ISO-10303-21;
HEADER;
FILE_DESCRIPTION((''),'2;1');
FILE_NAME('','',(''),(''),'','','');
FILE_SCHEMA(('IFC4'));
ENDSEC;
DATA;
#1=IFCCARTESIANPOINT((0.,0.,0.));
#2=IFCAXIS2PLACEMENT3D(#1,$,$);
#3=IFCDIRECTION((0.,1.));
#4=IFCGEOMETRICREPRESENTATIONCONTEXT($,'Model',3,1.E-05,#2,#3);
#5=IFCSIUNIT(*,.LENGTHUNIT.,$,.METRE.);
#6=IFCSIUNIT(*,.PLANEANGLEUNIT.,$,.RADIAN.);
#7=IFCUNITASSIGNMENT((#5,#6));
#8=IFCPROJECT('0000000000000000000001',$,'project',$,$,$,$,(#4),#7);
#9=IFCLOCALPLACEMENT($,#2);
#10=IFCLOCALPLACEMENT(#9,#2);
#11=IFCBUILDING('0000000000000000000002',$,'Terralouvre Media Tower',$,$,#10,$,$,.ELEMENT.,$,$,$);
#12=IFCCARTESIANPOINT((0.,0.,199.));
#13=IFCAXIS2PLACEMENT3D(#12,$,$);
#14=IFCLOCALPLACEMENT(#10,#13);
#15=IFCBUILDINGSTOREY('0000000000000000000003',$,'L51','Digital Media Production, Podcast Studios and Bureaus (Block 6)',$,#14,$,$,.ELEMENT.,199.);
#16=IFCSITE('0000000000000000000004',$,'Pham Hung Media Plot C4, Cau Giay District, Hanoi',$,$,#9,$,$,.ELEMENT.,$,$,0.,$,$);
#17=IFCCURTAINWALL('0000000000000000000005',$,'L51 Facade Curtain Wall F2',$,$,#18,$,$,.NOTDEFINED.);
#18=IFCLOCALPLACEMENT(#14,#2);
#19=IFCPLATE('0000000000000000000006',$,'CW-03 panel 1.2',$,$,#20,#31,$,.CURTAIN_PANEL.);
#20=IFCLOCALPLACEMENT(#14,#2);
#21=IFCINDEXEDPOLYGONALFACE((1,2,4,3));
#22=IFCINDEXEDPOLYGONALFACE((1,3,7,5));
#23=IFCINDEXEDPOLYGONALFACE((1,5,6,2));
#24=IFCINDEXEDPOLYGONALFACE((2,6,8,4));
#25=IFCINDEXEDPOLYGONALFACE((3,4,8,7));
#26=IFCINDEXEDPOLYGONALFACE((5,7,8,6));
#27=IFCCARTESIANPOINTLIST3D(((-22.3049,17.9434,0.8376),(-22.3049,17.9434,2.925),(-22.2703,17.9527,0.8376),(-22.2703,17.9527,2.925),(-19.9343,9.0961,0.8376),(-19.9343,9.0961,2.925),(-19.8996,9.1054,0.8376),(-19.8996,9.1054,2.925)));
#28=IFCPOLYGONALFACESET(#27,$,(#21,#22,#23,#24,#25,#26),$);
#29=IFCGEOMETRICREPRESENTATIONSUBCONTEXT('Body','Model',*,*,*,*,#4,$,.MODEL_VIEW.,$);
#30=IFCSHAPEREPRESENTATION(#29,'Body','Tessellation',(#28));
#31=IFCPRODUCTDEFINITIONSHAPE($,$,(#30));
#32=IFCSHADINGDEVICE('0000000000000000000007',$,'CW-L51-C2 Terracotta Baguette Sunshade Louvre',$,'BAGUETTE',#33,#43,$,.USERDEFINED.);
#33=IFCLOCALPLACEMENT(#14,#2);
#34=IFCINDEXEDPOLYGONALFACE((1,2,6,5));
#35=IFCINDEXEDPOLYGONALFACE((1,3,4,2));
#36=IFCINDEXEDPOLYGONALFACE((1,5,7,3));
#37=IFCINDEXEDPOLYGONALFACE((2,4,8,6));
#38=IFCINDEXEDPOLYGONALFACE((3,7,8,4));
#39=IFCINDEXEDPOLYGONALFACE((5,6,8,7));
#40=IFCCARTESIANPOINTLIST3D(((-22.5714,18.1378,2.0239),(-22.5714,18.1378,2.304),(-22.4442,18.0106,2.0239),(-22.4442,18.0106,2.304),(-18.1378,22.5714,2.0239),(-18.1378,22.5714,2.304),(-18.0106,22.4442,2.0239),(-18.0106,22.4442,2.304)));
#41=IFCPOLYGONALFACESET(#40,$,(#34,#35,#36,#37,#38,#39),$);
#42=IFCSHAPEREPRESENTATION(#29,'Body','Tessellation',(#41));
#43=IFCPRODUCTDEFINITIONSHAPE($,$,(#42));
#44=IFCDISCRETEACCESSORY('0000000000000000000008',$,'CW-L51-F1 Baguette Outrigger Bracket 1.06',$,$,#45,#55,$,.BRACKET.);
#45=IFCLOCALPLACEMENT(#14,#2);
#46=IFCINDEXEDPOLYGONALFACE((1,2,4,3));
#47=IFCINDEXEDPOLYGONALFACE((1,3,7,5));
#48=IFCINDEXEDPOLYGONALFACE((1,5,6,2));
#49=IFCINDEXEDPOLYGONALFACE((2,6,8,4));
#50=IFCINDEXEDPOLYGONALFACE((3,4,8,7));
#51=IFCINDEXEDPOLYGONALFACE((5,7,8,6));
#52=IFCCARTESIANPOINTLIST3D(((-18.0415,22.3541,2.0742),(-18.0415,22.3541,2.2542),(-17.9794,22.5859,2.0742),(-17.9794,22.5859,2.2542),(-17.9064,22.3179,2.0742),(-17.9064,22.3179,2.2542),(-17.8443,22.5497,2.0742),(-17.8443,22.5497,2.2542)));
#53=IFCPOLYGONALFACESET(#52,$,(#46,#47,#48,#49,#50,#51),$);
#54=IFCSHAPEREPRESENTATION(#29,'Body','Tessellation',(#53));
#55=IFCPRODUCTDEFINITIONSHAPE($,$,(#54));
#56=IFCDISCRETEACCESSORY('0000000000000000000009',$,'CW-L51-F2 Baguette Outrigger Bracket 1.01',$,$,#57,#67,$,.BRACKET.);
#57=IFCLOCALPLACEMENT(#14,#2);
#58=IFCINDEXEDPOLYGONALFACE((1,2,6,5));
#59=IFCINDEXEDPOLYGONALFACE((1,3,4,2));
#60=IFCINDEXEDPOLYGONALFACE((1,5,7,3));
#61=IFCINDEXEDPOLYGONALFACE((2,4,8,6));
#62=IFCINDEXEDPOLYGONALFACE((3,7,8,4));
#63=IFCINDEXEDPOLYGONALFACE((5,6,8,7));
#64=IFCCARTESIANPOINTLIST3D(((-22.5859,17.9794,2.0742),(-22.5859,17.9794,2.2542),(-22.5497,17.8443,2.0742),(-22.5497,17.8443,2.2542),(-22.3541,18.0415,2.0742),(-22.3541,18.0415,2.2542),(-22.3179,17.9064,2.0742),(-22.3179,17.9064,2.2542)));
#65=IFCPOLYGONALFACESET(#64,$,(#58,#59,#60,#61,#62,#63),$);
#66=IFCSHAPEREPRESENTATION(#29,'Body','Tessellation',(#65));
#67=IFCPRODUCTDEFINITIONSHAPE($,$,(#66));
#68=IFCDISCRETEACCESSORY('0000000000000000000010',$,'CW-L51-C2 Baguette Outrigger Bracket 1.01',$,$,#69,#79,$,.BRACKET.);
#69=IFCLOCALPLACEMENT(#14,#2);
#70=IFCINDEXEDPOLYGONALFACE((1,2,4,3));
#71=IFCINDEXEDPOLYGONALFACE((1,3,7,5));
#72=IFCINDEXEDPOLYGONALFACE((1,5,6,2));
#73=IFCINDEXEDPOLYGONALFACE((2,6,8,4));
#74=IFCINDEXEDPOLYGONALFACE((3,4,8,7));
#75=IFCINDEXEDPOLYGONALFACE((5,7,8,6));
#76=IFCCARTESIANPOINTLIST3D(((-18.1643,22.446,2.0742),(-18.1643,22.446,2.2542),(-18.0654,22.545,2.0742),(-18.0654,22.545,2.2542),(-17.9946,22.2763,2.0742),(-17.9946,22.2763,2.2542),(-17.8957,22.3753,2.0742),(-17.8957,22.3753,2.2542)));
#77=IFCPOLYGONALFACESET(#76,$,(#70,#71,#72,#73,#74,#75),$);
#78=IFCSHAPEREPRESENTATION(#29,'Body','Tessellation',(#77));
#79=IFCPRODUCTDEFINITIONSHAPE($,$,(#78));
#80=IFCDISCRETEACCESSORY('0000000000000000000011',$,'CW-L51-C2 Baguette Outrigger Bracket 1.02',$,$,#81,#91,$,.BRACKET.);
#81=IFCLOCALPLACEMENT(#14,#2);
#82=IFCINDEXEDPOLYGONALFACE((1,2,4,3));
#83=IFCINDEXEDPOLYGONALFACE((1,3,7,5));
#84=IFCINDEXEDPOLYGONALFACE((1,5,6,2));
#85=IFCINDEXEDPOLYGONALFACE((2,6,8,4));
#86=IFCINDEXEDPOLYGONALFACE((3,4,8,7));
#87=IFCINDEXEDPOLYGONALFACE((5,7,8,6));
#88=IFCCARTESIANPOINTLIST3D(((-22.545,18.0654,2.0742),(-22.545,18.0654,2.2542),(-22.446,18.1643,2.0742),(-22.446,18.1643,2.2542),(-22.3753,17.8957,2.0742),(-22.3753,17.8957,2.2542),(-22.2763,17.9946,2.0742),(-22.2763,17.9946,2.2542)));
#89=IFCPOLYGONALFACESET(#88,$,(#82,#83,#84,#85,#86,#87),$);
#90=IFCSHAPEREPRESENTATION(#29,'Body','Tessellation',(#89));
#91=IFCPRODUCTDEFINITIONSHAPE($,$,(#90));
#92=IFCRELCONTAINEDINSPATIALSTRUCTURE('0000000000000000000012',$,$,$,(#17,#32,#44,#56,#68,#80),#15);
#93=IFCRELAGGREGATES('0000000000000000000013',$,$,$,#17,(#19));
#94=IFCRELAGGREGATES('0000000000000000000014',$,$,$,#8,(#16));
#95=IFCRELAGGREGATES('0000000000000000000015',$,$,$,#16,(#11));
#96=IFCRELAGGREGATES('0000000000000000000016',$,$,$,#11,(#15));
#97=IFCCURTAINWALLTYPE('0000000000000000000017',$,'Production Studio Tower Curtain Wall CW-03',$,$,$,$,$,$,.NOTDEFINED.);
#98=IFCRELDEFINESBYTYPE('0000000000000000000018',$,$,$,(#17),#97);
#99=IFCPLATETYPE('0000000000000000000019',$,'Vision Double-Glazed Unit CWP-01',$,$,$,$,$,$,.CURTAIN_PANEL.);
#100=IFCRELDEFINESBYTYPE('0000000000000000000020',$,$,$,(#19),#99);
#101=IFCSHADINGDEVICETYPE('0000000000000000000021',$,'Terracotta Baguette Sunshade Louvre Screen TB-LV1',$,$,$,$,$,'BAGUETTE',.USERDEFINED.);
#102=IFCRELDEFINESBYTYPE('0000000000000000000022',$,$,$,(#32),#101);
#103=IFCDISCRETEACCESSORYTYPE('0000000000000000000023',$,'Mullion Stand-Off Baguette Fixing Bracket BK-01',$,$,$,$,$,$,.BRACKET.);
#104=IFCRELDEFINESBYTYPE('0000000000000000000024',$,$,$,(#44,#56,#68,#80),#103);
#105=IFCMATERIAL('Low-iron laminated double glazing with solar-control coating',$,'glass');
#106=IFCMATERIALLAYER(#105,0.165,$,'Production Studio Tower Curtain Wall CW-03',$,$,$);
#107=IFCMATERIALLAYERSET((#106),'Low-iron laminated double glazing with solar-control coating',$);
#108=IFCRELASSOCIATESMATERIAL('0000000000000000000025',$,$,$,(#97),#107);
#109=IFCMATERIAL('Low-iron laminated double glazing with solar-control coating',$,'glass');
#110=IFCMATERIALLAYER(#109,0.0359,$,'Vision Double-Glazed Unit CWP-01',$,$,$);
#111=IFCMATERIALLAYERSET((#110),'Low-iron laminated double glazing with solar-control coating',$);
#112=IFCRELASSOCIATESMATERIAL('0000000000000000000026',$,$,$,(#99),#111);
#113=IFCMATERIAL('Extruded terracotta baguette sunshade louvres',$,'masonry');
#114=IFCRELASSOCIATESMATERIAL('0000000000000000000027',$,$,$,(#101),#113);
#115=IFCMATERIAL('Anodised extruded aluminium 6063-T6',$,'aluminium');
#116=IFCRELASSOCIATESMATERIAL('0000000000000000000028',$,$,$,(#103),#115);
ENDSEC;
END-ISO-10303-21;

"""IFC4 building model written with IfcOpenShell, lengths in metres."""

from ifc_helpers import new_model, si_unit, direction, frame, origin, origin_2d, place, context, subcontext, project, spatial, rectangle, extrude, material, layer, layer_set, type_object, element, aggregate, save


model = new_model("IFC4")

# Units and contexts
model_context = context("Model", 3, precision=1e-05, world=origin(), true_north=direction((0.0, 1.0)))
body_context = subcontext(model_context, "Body", "Model", "MODEL_VIEW")
ifc_project = project(units=[si_unit("LENGTHUNIT", "METRE"), si_unit("PLANEANGLEUNIT", "RADIAN")], contexts=[model_context])

# Site, building, storey
site_placement = place(None, origin())
site = spatial("IfcSite", under=ifc_project, at=site_placement, Name="Pham Hung Media Plot C4, Cau Giay District, Hanoi", CompositionType="ELEMENT", RefElevation=0.0)
building_placement = place(site_placement, origin())
building = spatial("IfcBuilding", under=site, at=building_placement, Name="Terralouvre Media Tower", CompositionType="ELEMENT")
storey_placement = place(building_placement, frame((0.0, 0.0, 199.0)))
storey = spatial("IfcBuildingStorey", under=building, at=storey_placement, Name="L51", Description="Digital Media Production, Podcast Studios and Bureaus (Block 6)", CompositionType="ELEMENT", Elevation=199.0)

# Curtain wall
ifc_material_1 = material(Name="Low-iron laminated double glazing with solar-control coating", Category="glass")
ifc_layer_1 = layer(ifc_material_1, 0.165, Name="Production Studio Tower Curtain Wall CW-03")
ifc_layer_set_1 = layer_set([ifc_layer_1], Name="Low-iron laminated double glazing with solar-control coating")
curtain_wall_type_1 = type_object("IfcCurtainWallType", Name="Production Studio Tower Curtain Wall CW-03", PredefinedType="NOTDEFINED", material=ifc_layer_set_1)
curtain_wall_1_placement = place(storey_placement, origin())
curtain_wall_1 = element("IfcCurtainWall", 1, at=curtain_wall_1_placement, inside=storey, type_object=curtain_wall_type_1, Name="L51 Facade Curtain Wall F2", PredefinedType="NOTDEFINED")

# Plate
ifc_material_2 = material(Name="Low-iron laminated double glazing with solar-control coating", Category="glass")
ifc_layer_2 = layer(ifc_material_2, 0.0359, Name="Vision Double-Glazed Unit CWP-01")
ifc_layer_set_2 = layer_set([ifc_layer_2], Name="Low-iron laminated double glazing with solar-control coating")
plate_type_1 = type_object("IfcPlateType", Name="Vision Double-Glazed Unit CWP-01", PredefinedType="CURTAIN_PANEL", material=ifc_layer_set_2)
plate_1_placement = place(storey_placement, frame((-21.1023, 13.5244, 0.8376), z_axis=(0.0, 0.0, 1.0), x_axis=(0.258819, -0.965926, 0.0)))
plate_1 = element("IfcPlate", 2, at=plate_1_placement, type_object=plate_type_1, Name="CW-03 panel 1.2", PredefinedType="CURTAIN_PANEL", context=body_context, shape_type="SweptSolid", body=[
    extrude(rectangle(XDim=9.1594, YDim=0.0359, at=origin_2d()), origin(), (0.0, 0.0, 1.0), 2.0874),
])
aggregate(curtain_wall_1, [plate_1])

# Shading device
ifc_material_3 = material(Name="Extruded terracotta baguette sunshade louvres", Category="masonry")
shading_device_type = type_object("IfcShadingDeviceType", Name="Terracotta Baguette Sunshade Louvre Screen TB-LV1", ElementType="BAGUETTE", PredefinedType="USERDEFINED", material=ifc_material_3)
shading_device_placement = place(storey_placement, frame((-20.291, 20.291, 2.0239), z_axis=(0.0, 0.0, 1.0), x_axis=(-0.707107, -0.707107, 0.0)))
element("IfcShadingDevice", 3, at=shading_device_placement, inside=storey, type_object=shading_device_type, Name="CW-L51-C2 Terracotta Baguette Sunshade Louvre", ObjectType="BAGUETTE", PredefinedType="USERDEFINED", context=body_context, shape_type="SweptSolid", body=[
    extrude(rectangle(XDim=6.27, YDim=0.1799, at=origin_2d()), origin(), (0.0, 0.0, 1.0), 0.28),
])

# Discrete accessories
ifc_material_4 = material(Name="Anodised extruded aluminium 6063-T6", Category="aluminium")
discrete_accessory_type = type_object("IfcDiscreteAccessoryType", Name="Mullion Stand-Off Baguette Fixing Bracket BK-01", PredefinedType="BRACKET", material=ifc_material_4)
for number, where, z_axis, x_axis, name in (
    (4, (-17.9429, 22.4519, 2.0742), (0.0, 0.0, 1.0), (-0.965926, 0.258819, 0.0), "CW-L51-F1 Baguette Outrigger Bracket 1.06"),
    (5, (-22.4519, 17.9429, 2.0742), (0.0, 0.0, 1.0), (0.258819, -0.965926, 0.0), "CW-L51-F2 Baguette Outrigger Bracket 1.01"),
    (6, (-18.03, 22.4106, 2.0742), (0.0, 0.0, 1.0), (-0.707107, -0.707107, 0.0), "CW-L51-C2 Baguette Outrigger Bracket 1.01"),
    (7, (-22.4106, 18.03, 2.0742), (0.0, 0.0, 1.0), (-0.707107, -0.707107, 0.0), "CW-L51-C2 Baguette Outrigger Bracket 1.02"),
):
    element("IfcDiscreteAccessory", number, at=place(storey_placement, frame(where, z_axis=z_axis, x_axis=x_axis)), inside=storey, type_object=discrete_accessory_type, Name=name, PredefinedType="BRACKET", context=body_context, shape_type="SweptSolid", body=[
        extrude(rectangle(XDim=0.1399, YDim=0.24, at=origin_2d()), origin(), (0.0, 0.0, 1.0), 0.1799),
    ])

save(model, "model.ifc")
